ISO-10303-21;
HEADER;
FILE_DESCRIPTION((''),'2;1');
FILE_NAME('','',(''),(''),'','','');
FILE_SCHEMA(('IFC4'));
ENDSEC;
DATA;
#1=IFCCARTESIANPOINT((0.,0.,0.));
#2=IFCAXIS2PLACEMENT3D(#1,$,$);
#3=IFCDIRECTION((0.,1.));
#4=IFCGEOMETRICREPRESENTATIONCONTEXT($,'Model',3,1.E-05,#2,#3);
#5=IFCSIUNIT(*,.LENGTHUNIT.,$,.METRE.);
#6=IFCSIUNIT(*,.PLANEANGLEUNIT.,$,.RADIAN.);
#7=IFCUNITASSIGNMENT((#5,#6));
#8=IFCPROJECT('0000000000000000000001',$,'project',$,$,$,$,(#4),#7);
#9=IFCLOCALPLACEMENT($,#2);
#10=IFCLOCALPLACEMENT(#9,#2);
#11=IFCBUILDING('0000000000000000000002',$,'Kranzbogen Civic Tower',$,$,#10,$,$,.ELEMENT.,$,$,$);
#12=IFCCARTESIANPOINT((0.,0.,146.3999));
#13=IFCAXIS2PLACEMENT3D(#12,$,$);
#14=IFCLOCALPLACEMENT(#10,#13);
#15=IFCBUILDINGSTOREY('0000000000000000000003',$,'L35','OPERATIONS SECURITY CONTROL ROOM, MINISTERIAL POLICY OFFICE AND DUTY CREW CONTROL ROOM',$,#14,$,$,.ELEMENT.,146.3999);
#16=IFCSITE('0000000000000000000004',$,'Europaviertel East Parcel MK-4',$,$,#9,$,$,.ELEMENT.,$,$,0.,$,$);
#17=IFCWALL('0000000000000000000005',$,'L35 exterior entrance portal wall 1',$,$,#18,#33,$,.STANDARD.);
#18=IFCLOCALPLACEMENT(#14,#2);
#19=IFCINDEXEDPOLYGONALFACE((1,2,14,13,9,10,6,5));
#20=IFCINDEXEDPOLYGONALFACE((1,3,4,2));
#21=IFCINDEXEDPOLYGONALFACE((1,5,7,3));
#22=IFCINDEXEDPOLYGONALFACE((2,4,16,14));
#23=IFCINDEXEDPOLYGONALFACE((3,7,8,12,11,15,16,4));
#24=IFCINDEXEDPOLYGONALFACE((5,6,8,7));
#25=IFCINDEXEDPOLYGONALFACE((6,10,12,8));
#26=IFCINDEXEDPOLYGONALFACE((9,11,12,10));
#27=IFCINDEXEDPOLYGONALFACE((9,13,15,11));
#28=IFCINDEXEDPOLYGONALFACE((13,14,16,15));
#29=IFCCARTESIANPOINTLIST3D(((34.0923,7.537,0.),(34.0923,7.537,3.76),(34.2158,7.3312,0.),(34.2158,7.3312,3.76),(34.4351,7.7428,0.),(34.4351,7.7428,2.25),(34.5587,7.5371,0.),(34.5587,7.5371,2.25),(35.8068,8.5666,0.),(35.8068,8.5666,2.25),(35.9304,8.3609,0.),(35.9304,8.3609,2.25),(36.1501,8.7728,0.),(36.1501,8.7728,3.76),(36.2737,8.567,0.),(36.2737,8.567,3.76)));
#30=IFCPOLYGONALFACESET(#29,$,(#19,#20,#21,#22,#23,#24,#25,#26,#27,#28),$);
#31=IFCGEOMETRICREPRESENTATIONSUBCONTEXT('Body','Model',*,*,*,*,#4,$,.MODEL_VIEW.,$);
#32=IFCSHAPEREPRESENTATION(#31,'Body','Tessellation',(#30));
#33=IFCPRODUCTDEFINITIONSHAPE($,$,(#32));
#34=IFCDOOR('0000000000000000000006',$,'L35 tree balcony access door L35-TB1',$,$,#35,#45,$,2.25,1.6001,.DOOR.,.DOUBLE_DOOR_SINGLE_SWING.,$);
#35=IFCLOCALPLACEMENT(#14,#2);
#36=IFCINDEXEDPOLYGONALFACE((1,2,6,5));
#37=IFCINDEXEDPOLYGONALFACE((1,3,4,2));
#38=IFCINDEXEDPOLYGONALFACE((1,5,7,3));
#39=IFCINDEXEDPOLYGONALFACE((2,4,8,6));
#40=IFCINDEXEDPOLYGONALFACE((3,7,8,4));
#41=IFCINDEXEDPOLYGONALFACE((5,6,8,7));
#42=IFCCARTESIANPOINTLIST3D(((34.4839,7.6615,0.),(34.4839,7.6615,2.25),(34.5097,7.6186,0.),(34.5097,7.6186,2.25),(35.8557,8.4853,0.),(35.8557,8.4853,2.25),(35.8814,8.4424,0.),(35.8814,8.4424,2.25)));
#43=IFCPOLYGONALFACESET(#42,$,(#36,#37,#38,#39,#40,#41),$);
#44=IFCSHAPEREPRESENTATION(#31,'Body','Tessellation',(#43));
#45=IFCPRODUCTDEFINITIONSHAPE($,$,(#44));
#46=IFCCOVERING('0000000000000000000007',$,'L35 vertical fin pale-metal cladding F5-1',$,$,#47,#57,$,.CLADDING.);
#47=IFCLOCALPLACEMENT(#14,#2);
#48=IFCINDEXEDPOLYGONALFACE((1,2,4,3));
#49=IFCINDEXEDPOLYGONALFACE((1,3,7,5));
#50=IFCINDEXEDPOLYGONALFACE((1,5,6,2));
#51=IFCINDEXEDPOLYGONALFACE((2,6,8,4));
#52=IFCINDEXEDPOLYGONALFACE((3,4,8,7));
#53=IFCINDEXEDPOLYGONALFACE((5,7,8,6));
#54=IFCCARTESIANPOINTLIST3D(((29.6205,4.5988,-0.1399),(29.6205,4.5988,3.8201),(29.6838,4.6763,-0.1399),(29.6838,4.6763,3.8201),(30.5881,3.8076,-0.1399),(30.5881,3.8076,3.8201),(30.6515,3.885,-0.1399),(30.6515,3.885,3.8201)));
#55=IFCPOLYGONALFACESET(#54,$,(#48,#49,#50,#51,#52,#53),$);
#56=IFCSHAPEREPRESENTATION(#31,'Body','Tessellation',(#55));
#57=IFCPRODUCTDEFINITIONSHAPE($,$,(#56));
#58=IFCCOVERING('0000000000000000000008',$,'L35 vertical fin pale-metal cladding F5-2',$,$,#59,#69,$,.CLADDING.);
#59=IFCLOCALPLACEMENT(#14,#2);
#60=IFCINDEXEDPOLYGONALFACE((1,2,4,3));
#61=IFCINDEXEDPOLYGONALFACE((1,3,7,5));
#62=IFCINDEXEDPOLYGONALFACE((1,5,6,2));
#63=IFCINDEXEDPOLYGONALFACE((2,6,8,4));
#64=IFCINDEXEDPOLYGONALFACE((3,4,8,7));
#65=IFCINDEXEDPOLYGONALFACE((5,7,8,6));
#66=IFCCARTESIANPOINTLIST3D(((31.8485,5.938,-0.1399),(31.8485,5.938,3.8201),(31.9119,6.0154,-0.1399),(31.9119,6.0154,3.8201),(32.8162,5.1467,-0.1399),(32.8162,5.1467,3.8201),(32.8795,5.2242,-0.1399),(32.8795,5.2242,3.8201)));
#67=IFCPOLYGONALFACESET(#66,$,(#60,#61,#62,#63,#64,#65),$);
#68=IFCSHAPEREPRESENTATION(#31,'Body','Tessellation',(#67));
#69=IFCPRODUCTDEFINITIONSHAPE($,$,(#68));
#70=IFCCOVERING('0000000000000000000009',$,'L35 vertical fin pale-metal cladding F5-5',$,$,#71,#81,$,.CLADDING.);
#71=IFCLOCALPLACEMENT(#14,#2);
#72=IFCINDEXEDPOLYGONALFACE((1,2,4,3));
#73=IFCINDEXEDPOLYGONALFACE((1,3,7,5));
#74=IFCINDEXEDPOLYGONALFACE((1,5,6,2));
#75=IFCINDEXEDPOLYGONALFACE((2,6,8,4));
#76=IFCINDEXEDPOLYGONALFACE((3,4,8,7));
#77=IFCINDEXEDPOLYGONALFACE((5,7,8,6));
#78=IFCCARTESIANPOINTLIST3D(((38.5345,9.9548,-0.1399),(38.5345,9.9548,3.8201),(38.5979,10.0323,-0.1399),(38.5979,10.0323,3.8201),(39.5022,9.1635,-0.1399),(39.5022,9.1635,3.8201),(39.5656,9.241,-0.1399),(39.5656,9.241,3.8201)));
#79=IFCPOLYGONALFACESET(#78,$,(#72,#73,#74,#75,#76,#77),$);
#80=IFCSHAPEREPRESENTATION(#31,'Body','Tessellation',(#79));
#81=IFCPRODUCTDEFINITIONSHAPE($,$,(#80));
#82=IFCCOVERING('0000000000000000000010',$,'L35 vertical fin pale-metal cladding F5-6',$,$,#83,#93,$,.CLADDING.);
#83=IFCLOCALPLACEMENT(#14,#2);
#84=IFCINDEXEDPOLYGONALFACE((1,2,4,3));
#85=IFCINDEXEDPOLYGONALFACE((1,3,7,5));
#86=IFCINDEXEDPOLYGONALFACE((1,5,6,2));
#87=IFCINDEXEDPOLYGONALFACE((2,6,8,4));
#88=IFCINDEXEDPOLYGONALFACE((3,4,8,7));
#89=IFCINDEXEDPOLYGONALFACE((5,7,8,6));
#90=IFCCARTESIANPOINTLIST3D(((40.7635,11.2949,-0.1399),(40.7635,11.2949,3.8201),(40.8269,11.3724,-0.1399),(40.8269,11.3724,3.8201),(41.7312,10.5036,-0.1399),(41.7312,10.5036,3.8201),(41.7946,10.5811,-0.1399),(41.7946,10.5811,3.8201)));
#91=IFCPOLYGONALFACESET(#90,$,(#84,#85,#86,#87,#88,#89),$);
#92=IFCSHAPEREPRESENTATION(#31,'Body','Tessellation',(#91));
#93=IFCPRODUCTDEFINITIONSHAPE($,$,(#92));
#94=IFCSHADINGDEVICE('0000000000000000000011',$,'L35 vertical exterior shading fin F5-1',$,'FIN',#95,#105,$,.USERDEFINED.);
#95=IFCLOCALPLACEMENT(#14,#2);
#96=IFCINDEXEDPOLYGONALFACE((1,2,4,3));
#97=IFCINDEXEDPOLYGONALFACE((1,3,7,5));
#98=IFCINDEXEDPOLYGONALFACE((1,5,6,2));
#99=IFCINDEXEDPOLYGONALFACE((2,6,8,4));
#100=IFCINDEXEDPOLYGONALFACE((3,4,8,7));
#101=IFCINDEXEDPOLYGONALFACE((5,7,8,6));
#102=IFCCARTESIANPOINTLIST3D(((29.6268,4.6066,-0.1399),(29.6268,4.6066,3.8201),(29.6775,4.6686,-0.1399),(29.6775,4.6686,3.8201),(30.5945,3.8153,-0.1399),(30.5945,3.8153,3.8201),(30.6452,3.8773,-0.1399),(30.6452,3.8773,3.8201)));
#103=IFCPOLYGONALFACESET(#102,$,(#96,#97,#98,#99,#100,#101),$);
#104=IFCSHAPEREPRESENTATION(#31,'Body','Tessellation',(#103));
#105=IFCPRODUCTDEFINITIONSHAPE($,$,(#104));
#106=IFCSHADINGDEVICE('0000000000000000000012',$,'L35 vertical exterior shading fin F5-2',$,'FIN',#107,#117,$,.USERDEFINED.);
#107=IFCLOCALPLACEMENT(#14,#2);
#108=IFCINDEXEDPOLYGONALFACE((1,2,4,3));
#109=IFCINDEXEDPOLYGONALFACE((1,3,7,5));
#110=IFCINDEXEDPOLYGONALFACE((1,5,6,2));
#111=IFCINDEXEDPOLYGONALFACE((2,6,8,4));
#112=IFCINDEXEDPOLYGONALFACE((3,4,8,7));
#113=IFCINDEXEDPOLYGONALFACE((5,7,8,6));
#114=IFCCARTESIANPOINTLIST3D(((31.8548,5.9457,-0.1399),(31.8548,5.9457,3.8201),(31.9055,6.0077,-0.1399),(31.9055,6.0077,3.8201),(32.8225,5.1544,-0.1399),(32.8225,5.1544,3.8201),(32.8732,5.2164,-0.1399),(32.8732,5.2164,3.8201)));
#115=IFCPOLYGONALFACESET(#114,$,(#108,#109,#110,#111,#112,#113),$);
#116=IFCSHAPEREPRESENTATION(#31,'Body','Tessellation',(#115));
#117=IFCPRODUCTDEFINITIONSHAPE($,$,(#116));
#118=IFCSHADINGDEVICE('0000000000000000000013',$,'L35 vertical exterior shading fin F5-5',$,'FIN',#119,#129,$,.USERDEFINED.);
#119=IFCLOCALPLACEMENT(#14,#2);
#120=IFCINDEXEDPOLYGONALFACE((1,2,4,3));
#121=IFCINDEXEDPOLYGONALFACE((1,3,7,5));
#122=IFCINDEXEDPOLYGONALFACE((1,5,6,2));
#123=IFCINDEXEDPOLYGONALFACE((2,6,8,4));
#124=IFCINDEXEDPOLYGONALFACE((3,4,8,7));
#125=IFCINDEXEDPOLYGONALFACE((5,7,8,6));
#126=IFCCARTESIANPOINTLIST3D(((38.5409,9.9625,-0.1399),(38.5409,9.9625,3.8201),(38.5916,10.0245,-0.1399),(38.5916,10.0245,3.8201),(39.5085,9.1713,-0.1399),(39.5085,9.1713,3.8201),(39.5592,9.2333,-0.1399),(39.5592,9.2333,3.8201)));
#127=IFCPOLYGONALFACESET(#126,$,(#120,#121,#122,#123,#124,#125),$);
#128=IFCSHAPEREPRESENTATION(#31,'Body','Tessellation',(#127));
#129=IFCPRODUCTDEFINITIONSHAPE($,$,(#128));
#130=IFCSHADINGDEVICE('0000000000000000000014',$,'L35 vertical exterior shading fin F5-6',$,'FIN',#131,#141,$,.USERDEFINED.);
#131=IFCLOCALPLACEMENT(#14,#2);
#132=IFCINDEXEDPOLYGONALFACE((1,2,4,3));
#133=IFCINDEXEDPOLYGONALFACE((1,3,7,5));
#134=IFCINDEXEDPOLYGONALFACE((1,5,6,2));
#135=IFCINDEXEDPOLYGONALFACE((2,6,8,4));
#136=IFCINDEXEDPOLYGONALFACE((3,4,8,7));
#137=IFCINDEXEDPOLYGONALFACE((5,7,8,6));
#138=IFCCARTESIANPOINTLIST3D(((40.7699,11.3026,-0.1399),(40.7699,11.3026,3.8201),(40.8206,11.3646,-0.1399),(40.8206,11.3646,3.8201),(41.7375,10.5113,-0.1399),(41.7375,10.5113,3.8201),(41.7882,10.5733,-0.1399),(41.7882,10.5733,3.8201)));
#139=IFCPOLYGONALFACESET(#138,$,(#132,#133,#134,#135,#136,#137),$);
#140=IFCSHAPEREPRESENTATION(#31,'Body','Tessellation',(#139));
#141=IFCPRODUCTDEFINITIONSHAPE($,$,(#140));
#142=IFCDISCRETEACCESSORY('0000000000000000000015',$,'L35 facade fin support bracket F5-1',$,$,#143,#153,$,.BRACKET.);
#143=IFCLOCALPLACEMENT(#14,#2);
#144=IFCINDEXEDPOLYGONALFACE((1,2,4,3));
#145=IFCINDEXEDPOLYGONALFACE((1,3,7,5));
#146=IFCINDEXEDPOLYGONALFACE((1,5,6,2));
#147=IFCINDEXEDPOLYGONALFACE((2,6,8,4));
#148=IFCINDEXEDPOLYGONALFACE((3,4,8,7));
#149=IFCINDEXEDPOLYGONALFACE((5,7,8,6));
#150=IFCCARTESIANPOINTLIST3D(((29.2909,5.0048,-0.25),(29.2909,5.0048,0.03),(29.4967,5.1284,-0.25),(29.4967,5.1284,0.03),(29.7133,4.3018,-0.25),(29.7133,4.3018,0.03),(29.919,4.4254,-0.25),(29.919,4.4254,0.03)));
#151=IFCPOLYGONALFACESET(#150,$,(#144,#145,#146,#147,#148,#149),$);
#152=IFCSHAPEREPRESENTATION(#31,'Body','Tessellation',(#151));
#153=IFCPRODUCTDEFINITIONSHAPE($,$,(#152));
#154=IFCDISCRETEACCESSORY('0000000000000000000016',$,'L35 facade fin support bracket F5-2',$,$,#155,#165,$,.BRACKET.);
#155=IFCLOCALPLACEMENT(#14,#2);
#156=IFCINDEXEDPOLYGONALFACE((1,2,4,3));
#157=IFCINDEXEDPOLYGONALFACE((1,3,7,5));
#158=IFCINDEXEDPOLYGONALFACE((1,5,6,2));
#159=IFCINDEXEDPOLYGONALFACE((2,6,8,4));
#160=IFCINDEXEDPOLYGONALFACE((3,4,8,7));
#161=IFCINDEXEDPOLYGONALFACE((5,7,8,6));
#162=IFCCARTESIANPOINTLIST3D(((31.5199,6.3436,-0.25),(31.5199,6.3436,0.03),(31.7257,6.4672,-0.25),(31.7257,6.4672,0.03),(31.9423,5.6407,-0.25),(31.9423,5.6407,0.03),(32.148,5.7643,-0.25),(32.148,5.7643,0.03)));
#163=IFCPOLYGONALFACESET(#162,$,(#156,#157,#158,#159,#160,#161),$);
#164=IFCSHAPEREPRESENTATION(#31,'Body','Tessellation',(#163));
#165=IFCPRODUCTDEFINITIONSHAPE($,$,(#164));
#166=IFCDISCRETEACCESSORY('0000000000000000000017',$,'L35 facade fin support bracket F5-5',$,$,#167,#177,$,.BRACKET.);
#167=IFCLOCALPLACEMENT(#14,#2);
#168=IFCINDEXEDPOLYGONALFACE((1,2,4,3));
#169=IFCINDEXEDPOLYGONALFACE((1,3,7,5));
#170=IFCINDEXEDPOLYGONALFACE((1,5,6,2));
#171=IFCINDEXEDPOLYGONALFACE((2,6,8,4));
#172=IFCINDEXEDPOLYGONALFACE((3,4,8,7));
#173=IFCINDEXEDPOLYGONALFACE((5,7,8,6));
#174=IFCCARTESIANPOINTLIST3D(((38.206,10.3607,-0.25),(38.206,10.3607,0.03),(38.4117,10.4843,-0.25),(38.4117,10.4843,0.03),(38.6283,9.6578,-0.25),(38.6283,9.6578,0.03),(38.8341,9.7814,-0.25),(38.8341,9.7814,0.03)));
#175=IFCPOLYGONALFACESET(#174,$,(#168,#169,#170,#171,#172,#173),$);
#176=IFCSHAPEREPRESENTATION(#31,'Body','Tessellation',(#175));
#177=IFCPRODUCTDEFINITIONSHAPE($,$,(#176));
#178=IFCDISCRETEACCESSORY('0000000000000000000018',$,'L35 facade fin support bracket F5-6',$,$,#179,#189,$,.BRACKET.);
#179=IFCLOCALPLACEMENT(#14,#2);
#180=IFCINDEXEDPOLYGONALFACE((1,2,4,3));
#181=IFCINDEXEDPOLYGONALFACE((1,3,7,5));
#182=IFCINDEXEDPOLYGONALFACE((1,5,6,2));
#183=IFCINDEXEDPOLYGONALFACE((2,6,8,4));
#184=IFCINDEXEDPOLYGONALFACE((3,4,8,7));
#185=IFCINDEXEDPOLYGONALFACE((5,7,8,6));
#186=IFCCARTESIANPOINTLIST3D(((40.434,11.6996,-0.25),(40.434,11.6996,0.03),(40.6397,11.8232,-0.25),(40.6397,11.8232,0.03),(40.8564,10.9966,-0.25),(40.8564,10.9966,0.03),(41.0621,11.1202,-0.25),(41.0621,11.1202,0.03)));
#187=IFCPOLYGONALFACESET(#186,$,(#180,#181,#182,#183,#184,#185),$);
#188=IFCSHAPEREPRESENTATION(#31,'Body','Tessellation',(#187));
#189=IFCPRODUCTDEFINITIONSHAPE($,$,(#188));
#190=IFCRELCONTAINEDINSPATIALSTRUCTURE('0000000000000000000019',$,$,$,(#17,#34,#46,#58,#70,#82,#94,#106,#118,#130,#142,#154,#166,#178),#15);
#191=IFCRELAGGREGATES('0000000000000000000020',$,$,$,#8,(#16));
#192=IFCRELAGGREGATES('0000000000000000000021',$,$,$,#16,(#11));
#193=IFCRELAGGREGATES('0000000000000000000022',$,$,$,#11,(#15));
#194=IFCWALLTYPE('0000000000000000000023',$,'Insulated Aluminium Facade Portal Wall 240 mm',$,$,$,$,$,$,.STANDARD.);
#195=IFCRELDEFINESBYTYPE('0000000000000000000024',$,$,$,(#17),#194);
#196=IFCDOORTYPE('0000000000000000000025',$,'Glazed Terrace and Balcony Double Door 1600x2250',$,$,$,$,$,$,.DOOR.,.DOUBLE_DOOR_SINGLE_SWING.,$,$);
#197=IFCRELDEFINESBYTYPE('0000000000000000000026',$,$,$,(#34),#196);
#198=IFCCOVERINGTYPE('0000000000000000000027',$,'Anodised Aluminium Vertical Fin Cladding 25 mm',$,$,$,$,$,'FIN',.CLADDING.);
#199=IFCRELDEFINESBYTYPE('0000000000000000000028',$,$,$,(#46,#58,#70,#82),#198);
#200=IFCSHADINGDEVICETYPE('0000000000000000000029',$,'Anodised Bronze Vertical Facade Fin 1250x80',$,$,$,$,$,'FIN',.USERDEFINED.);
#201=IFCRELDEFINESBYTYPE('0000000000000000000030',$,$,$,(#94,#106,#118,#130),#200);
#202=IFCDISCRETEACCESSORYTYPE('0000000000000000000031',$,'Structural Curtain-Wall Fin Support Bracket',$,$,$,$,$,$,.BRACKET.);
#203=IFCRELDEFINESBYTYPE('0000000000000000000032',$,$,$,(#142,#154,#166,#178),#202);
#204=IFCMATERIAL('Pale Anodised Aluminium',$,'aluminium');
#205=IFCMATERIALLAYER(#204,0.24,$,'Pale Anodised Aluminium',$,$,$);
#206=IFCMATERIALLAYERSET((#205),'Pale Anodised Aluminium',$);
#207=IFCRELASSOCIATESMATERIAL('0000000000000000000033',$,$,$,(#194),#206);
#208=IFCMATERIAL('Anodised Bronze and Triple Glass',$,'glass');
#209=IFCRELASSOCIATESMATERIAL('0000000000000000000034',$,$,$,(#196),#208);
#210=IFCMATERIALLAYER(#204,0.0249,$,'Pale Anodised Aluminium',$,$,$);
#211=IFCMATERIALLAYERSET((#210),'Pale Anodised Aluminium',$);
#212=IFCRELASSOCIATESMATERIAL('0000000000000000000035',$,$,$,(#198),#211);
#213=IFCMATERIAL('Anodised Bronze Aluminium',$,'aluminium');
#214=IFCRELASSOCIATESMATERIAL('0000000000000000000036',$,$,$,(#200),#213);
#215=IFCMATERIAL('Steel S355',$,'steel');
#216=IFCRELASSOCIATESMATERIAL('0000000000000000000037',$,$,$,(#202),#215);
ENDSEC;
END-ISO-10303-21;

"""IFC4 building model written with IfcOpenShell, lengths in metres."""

from ifc_helpers import new_model, si_unit, direction, frame, frame_2d, origin, origin_2d, place, context, subcontext, project, spatial, rectangle, extrude, material, layer, layer_set, type_object, element, fill, save


model = new_model("IFC4")

# Units and contexts
model_context = context("Model", 3, precision=1e-05, world=origin(), true_north=direction((0.0, 1.0)))
body_context = subcontext(model_context, "Body", "Model", "MODEL_VIEW")
ifc_project = project(units=[si_unit("LENGTHUNIT", "METRE"), si_unit("PLANEANGLEUNIT", "RADIAN")], contexts=[model_context])

# Site, building, storey
site_placement = place(None, origin())
site = spatial("IfcSite", under=ifc_project, at=site_placement, Name="Europaviertel East Parcel MK-4", CompositionType="ELEMENT", RefElevation=0.0)
building_placement = place(site_placement, origin())
building = spatial("IfcBuilding", under=site, at=building_placement, Name="Kranzbogen Civic Tower", CompositionType="ELEMENT")
storey_placement = place(building_placement, frame((0.0, 0.0, 146.3999)))
storey = spatial("IfcBuildingStorey", under=building, at=storey_placement, Name="L35", Description="OPERATIONS SECURITY CONTROL ROOM, MINISTERIAL POLICY OFFICE AND DUTY CREW CONTROL ROOM", CompositionType="ELEMENT", Elevation=146.3999)

# Shared definitions
ifc_material_1 = material(Name="Steel S355", Category="steel")

# Shared definitions
ifc_material_2 = material(Name="Pale Anodised Aluminium", Category="aluminium")

# Wall, opening, door
ifc_layer_1 = layer(ifc_material_2, 0.24, Name="Pale Anodised Aluminium")
ifc_layer_set_1 = layer_set([ifc_layer_1], Name="Pale Anodised Aluminium")
wall_type_1 = type_object("IfcWallType", Name="Insulated Aluminium Facade Portal Wall 240 mm", PredefinedType="STANDARD", material=ifc_layer_set_1)
wall_1_placement = place(storey_placement, frame((34.1541, 7.4341, 0.0), z_axis=(0.0, 0.0, 1.0), x_axis=(0.857286, 0.51484, 0.0)))
wall_1 = element("IfcWall", 1, at=wall_1_placement, inside=storey, type_object=wall_type_1, Name="L35 exterior entrance portal wall 1", PredefinedType="STANDARD", context=body_context, shape_type="SweptSolid", body=[
    extrude(rectangle(XDim=2.4004, YDim=0.24, at=frame_2d((1.2002, 0.0))), origin(), (0.0, 0.0, 1.0), 3.76),
])
opening_placement = place(wall_1_placement, frame((0.3999, 0.0, 0.0)))
opening = element("IfcOpeningElement", 2, at=opening_placement, cuts=wall_1, PredefinedType="OPENING", context=body_context, shape_type="SweptSolid", body=[
    extrude(rectangle(XDim=1.6001, YDim=2.25, at=frame_2d((0.8, 1.125))), frame((0.0, 0.1299, 0.0), z_axis=(0.0, -1.0, 0.0), x_axis=(1.0, 0.0, 0.0)), (0.0, 0.0, 1.0), 0.26),
])
ifc_material_3 = material(Name="Anodised Bronze and Triple Glass", Category="glass")
door_type = type_object("IfcDoorType", Name="Glazed Terrace and Balcony Double Door 1600x2250", OperationType="DOUBLE_DOOR_SINGLE_SWING", PredefinedType="DOOR", material=ifc_material_3)
door_placement = place(opening_placement, frame((1.6001, 0.0, 0.0), z_axis=(0.0, 0.0, 1.0), x_axis=(-1.0, 0.0, 0.0)))
door = element("IfcDoor", 3, at=door_placement, inside=storey, type_object=door_type, Name="L35 tree balcony access door L35-TB1", OperationType="DOUBLE_DOOR_SINGLE_SWING", OverallHeight=2.25, OverallWidth=1.6001, PredefinedType="DOOR", context=body_context, shape_type="SweptSolid", body=[
    extrude(rectangle(XDim=1.6001, YDim=2.25, at=frame_2d((0.8, 1.125))), frame((0.0, 0.0249, 0.0), z_axis=(0.0, -1.0, 0.0), x_axis=(1.0, 0.0, 0.0)), (0.0, 0.0, 1.0), 0.05),
])
fill(opening, door)

# Coverings
ifc_layer_2 = layer(ifc_material_2, 0.0249, Name="Pale Anodised Aluminium")
ifc_layer_set_2 = layer_set([ifc_layer_2], Name="Pale Anodised Aluminium")
covering_type = type_object("IfcCoveringType", Name="Anodised Aluminium Vertical Fin Cladding 25 mm", ElementType="FIN", PredefinedType="CLADDING", material=ifc_layer_set_2)
for number, where, z_axis, x_axis, name in (
    (4, (30.136, 4.2419, -0.1399), (0.0, 0.0, 1.0), (0.774128, -0.63303, 0.0), "L35 vertical fin pale-metal cladding F5-1"),
    (5, (32.364, 5.5811, -0.1399), (0.0, 0.0, 1.0), (0.774128, -0.63303, 0.0), "L35 vertical fin pale-metal cladding F5-2"),
    (6, (39.05, 9.5979, -0.1399), (0.0, 0.0, 1.0), (0.774128, -0.63303, 0.0), "L35 vertical fin pale-metal cladding F5-5"),
    (7, (41.2791, 10.938, -0.1399), (0.0, 0.0, 1.0), (0.774128, -0.63303, 0.0), "L35 vertical fin pale-metal cladding F5-6"),
):
    element("IfcCovering", number, at=place(storey_placement, frame(where, z_axis=z_axis, x_axis=x_axis)), inside=storey, type_object=covering_type, Name=name, PredefinedType="CLADDING", context=body_context, shape_type="SweptSolid", body=[
        extrude(rectangle(XDim=1.25, YDim=0.1001, at=origin_2d()), origin(), (0.0, 0.0, 1.0), 3.96),
    ])

# Shading devices
ifc_material_4 = material(Name="Anodised Bronze Aluminium", Category="aluminium")
shading_device_type = type_object("IfcShadingDeviceType", Name="Anodised Bronze Vertical Facade Fin 1250x80", ElementType="FIN", PredefinedType="USERDEFINED", material=ifc_material_4)
for number, where, z_axis, x_axis, name in (
    (8, (30.136, 4.2419, -0.1399), (0.0, 0.0, 1.0), (0.774128, -0.63303, 0.0), "L35 vertical exterior shading fin F5-1"),
    (9, (32.364, 5.5811, -0.1399), (0.0, 0.0, 1.0), (0.774128, -0.63303, 0.0), "L35 vertical exterior shading fin F5-2"),
    (10, (39.05, 9.5979, -0.1399), (0.0, 0.0, 1.0), (0.774128, -0.63303, 0.0), "L35 vertical exterior shading fin F5-5"),
    (11, (41.2791, 10.938, -0.1399), (0.0, 0.0, 1.0), (0.774128, -0.63303, 0.0), "L35 vertical exterior shading fin F5-6"),
):
    element("IfcShadingDevice", number, at=place(storey_placement, frame(where, z_axis=z_axis, x_axis=x_axis)), inside=storey, type_object=shading_device_type, Name=name, ObjectType="FIN", PredefinedType="USERDEFINED", context=body_context, shape_type="SweptSolid", body=[
        extrude(rectangle(XDim=1.25, YDim=0.0801, at=origin_2d()), origin(), (0.0, 0.0, 1.0), 3.96),
    ])

# Discrete accessories
discrete_accessory_type = type_object("IfcDiscreteAccessoryType", Name="Structural Curtain-Wall Fin Support Bracket", PredefinedType="BRACKET", material=ifc_material_1)
for number, where, z_axis, x_axis, name in (
    (12, (29.605, 4.7151, -0.25), (0.0, 0.0, 1.0), (0.515038, -0.857167, 0.0), "L35 facade fin support bracket F5-1"),
    (13, (31.834, 6.054, -0.25), (0.0, 0.0, 1.0), (0.515038, -0.857167, 0.0), "L35 facade fin support bracket F5-2"),
    (14, (38.52, 10.071, -0.25), (0.0, 0.0, 1.0), (0.515038, -0.857167, 0.0), "L35 facade fin support bracket F5-5"),
    (15, (40.748, 11.4099, -0.25), (0.0, 0.0, 1.0), (0.515038, -0.857167, 0.0), "L35 facade fin support bracket F5-6"),
):
    element("IfcDiscreteAccessory", number, at=place(storey_placement, frame(where, z_axis=z_axis, x_axis=x_axis)), inside=storey, type_object=discrete_accessory_type, Name=name, PredefinedType="BRACKET", context=body_context, shape_type="SweptSolid", body=[
        extrude(rectangle(XDim=0.8201, YDim=0.24, at=origin_2d()), origin(), (0.0, 0.0, 1.0), 0.28),
    ])

save(model, "model.ifc")
